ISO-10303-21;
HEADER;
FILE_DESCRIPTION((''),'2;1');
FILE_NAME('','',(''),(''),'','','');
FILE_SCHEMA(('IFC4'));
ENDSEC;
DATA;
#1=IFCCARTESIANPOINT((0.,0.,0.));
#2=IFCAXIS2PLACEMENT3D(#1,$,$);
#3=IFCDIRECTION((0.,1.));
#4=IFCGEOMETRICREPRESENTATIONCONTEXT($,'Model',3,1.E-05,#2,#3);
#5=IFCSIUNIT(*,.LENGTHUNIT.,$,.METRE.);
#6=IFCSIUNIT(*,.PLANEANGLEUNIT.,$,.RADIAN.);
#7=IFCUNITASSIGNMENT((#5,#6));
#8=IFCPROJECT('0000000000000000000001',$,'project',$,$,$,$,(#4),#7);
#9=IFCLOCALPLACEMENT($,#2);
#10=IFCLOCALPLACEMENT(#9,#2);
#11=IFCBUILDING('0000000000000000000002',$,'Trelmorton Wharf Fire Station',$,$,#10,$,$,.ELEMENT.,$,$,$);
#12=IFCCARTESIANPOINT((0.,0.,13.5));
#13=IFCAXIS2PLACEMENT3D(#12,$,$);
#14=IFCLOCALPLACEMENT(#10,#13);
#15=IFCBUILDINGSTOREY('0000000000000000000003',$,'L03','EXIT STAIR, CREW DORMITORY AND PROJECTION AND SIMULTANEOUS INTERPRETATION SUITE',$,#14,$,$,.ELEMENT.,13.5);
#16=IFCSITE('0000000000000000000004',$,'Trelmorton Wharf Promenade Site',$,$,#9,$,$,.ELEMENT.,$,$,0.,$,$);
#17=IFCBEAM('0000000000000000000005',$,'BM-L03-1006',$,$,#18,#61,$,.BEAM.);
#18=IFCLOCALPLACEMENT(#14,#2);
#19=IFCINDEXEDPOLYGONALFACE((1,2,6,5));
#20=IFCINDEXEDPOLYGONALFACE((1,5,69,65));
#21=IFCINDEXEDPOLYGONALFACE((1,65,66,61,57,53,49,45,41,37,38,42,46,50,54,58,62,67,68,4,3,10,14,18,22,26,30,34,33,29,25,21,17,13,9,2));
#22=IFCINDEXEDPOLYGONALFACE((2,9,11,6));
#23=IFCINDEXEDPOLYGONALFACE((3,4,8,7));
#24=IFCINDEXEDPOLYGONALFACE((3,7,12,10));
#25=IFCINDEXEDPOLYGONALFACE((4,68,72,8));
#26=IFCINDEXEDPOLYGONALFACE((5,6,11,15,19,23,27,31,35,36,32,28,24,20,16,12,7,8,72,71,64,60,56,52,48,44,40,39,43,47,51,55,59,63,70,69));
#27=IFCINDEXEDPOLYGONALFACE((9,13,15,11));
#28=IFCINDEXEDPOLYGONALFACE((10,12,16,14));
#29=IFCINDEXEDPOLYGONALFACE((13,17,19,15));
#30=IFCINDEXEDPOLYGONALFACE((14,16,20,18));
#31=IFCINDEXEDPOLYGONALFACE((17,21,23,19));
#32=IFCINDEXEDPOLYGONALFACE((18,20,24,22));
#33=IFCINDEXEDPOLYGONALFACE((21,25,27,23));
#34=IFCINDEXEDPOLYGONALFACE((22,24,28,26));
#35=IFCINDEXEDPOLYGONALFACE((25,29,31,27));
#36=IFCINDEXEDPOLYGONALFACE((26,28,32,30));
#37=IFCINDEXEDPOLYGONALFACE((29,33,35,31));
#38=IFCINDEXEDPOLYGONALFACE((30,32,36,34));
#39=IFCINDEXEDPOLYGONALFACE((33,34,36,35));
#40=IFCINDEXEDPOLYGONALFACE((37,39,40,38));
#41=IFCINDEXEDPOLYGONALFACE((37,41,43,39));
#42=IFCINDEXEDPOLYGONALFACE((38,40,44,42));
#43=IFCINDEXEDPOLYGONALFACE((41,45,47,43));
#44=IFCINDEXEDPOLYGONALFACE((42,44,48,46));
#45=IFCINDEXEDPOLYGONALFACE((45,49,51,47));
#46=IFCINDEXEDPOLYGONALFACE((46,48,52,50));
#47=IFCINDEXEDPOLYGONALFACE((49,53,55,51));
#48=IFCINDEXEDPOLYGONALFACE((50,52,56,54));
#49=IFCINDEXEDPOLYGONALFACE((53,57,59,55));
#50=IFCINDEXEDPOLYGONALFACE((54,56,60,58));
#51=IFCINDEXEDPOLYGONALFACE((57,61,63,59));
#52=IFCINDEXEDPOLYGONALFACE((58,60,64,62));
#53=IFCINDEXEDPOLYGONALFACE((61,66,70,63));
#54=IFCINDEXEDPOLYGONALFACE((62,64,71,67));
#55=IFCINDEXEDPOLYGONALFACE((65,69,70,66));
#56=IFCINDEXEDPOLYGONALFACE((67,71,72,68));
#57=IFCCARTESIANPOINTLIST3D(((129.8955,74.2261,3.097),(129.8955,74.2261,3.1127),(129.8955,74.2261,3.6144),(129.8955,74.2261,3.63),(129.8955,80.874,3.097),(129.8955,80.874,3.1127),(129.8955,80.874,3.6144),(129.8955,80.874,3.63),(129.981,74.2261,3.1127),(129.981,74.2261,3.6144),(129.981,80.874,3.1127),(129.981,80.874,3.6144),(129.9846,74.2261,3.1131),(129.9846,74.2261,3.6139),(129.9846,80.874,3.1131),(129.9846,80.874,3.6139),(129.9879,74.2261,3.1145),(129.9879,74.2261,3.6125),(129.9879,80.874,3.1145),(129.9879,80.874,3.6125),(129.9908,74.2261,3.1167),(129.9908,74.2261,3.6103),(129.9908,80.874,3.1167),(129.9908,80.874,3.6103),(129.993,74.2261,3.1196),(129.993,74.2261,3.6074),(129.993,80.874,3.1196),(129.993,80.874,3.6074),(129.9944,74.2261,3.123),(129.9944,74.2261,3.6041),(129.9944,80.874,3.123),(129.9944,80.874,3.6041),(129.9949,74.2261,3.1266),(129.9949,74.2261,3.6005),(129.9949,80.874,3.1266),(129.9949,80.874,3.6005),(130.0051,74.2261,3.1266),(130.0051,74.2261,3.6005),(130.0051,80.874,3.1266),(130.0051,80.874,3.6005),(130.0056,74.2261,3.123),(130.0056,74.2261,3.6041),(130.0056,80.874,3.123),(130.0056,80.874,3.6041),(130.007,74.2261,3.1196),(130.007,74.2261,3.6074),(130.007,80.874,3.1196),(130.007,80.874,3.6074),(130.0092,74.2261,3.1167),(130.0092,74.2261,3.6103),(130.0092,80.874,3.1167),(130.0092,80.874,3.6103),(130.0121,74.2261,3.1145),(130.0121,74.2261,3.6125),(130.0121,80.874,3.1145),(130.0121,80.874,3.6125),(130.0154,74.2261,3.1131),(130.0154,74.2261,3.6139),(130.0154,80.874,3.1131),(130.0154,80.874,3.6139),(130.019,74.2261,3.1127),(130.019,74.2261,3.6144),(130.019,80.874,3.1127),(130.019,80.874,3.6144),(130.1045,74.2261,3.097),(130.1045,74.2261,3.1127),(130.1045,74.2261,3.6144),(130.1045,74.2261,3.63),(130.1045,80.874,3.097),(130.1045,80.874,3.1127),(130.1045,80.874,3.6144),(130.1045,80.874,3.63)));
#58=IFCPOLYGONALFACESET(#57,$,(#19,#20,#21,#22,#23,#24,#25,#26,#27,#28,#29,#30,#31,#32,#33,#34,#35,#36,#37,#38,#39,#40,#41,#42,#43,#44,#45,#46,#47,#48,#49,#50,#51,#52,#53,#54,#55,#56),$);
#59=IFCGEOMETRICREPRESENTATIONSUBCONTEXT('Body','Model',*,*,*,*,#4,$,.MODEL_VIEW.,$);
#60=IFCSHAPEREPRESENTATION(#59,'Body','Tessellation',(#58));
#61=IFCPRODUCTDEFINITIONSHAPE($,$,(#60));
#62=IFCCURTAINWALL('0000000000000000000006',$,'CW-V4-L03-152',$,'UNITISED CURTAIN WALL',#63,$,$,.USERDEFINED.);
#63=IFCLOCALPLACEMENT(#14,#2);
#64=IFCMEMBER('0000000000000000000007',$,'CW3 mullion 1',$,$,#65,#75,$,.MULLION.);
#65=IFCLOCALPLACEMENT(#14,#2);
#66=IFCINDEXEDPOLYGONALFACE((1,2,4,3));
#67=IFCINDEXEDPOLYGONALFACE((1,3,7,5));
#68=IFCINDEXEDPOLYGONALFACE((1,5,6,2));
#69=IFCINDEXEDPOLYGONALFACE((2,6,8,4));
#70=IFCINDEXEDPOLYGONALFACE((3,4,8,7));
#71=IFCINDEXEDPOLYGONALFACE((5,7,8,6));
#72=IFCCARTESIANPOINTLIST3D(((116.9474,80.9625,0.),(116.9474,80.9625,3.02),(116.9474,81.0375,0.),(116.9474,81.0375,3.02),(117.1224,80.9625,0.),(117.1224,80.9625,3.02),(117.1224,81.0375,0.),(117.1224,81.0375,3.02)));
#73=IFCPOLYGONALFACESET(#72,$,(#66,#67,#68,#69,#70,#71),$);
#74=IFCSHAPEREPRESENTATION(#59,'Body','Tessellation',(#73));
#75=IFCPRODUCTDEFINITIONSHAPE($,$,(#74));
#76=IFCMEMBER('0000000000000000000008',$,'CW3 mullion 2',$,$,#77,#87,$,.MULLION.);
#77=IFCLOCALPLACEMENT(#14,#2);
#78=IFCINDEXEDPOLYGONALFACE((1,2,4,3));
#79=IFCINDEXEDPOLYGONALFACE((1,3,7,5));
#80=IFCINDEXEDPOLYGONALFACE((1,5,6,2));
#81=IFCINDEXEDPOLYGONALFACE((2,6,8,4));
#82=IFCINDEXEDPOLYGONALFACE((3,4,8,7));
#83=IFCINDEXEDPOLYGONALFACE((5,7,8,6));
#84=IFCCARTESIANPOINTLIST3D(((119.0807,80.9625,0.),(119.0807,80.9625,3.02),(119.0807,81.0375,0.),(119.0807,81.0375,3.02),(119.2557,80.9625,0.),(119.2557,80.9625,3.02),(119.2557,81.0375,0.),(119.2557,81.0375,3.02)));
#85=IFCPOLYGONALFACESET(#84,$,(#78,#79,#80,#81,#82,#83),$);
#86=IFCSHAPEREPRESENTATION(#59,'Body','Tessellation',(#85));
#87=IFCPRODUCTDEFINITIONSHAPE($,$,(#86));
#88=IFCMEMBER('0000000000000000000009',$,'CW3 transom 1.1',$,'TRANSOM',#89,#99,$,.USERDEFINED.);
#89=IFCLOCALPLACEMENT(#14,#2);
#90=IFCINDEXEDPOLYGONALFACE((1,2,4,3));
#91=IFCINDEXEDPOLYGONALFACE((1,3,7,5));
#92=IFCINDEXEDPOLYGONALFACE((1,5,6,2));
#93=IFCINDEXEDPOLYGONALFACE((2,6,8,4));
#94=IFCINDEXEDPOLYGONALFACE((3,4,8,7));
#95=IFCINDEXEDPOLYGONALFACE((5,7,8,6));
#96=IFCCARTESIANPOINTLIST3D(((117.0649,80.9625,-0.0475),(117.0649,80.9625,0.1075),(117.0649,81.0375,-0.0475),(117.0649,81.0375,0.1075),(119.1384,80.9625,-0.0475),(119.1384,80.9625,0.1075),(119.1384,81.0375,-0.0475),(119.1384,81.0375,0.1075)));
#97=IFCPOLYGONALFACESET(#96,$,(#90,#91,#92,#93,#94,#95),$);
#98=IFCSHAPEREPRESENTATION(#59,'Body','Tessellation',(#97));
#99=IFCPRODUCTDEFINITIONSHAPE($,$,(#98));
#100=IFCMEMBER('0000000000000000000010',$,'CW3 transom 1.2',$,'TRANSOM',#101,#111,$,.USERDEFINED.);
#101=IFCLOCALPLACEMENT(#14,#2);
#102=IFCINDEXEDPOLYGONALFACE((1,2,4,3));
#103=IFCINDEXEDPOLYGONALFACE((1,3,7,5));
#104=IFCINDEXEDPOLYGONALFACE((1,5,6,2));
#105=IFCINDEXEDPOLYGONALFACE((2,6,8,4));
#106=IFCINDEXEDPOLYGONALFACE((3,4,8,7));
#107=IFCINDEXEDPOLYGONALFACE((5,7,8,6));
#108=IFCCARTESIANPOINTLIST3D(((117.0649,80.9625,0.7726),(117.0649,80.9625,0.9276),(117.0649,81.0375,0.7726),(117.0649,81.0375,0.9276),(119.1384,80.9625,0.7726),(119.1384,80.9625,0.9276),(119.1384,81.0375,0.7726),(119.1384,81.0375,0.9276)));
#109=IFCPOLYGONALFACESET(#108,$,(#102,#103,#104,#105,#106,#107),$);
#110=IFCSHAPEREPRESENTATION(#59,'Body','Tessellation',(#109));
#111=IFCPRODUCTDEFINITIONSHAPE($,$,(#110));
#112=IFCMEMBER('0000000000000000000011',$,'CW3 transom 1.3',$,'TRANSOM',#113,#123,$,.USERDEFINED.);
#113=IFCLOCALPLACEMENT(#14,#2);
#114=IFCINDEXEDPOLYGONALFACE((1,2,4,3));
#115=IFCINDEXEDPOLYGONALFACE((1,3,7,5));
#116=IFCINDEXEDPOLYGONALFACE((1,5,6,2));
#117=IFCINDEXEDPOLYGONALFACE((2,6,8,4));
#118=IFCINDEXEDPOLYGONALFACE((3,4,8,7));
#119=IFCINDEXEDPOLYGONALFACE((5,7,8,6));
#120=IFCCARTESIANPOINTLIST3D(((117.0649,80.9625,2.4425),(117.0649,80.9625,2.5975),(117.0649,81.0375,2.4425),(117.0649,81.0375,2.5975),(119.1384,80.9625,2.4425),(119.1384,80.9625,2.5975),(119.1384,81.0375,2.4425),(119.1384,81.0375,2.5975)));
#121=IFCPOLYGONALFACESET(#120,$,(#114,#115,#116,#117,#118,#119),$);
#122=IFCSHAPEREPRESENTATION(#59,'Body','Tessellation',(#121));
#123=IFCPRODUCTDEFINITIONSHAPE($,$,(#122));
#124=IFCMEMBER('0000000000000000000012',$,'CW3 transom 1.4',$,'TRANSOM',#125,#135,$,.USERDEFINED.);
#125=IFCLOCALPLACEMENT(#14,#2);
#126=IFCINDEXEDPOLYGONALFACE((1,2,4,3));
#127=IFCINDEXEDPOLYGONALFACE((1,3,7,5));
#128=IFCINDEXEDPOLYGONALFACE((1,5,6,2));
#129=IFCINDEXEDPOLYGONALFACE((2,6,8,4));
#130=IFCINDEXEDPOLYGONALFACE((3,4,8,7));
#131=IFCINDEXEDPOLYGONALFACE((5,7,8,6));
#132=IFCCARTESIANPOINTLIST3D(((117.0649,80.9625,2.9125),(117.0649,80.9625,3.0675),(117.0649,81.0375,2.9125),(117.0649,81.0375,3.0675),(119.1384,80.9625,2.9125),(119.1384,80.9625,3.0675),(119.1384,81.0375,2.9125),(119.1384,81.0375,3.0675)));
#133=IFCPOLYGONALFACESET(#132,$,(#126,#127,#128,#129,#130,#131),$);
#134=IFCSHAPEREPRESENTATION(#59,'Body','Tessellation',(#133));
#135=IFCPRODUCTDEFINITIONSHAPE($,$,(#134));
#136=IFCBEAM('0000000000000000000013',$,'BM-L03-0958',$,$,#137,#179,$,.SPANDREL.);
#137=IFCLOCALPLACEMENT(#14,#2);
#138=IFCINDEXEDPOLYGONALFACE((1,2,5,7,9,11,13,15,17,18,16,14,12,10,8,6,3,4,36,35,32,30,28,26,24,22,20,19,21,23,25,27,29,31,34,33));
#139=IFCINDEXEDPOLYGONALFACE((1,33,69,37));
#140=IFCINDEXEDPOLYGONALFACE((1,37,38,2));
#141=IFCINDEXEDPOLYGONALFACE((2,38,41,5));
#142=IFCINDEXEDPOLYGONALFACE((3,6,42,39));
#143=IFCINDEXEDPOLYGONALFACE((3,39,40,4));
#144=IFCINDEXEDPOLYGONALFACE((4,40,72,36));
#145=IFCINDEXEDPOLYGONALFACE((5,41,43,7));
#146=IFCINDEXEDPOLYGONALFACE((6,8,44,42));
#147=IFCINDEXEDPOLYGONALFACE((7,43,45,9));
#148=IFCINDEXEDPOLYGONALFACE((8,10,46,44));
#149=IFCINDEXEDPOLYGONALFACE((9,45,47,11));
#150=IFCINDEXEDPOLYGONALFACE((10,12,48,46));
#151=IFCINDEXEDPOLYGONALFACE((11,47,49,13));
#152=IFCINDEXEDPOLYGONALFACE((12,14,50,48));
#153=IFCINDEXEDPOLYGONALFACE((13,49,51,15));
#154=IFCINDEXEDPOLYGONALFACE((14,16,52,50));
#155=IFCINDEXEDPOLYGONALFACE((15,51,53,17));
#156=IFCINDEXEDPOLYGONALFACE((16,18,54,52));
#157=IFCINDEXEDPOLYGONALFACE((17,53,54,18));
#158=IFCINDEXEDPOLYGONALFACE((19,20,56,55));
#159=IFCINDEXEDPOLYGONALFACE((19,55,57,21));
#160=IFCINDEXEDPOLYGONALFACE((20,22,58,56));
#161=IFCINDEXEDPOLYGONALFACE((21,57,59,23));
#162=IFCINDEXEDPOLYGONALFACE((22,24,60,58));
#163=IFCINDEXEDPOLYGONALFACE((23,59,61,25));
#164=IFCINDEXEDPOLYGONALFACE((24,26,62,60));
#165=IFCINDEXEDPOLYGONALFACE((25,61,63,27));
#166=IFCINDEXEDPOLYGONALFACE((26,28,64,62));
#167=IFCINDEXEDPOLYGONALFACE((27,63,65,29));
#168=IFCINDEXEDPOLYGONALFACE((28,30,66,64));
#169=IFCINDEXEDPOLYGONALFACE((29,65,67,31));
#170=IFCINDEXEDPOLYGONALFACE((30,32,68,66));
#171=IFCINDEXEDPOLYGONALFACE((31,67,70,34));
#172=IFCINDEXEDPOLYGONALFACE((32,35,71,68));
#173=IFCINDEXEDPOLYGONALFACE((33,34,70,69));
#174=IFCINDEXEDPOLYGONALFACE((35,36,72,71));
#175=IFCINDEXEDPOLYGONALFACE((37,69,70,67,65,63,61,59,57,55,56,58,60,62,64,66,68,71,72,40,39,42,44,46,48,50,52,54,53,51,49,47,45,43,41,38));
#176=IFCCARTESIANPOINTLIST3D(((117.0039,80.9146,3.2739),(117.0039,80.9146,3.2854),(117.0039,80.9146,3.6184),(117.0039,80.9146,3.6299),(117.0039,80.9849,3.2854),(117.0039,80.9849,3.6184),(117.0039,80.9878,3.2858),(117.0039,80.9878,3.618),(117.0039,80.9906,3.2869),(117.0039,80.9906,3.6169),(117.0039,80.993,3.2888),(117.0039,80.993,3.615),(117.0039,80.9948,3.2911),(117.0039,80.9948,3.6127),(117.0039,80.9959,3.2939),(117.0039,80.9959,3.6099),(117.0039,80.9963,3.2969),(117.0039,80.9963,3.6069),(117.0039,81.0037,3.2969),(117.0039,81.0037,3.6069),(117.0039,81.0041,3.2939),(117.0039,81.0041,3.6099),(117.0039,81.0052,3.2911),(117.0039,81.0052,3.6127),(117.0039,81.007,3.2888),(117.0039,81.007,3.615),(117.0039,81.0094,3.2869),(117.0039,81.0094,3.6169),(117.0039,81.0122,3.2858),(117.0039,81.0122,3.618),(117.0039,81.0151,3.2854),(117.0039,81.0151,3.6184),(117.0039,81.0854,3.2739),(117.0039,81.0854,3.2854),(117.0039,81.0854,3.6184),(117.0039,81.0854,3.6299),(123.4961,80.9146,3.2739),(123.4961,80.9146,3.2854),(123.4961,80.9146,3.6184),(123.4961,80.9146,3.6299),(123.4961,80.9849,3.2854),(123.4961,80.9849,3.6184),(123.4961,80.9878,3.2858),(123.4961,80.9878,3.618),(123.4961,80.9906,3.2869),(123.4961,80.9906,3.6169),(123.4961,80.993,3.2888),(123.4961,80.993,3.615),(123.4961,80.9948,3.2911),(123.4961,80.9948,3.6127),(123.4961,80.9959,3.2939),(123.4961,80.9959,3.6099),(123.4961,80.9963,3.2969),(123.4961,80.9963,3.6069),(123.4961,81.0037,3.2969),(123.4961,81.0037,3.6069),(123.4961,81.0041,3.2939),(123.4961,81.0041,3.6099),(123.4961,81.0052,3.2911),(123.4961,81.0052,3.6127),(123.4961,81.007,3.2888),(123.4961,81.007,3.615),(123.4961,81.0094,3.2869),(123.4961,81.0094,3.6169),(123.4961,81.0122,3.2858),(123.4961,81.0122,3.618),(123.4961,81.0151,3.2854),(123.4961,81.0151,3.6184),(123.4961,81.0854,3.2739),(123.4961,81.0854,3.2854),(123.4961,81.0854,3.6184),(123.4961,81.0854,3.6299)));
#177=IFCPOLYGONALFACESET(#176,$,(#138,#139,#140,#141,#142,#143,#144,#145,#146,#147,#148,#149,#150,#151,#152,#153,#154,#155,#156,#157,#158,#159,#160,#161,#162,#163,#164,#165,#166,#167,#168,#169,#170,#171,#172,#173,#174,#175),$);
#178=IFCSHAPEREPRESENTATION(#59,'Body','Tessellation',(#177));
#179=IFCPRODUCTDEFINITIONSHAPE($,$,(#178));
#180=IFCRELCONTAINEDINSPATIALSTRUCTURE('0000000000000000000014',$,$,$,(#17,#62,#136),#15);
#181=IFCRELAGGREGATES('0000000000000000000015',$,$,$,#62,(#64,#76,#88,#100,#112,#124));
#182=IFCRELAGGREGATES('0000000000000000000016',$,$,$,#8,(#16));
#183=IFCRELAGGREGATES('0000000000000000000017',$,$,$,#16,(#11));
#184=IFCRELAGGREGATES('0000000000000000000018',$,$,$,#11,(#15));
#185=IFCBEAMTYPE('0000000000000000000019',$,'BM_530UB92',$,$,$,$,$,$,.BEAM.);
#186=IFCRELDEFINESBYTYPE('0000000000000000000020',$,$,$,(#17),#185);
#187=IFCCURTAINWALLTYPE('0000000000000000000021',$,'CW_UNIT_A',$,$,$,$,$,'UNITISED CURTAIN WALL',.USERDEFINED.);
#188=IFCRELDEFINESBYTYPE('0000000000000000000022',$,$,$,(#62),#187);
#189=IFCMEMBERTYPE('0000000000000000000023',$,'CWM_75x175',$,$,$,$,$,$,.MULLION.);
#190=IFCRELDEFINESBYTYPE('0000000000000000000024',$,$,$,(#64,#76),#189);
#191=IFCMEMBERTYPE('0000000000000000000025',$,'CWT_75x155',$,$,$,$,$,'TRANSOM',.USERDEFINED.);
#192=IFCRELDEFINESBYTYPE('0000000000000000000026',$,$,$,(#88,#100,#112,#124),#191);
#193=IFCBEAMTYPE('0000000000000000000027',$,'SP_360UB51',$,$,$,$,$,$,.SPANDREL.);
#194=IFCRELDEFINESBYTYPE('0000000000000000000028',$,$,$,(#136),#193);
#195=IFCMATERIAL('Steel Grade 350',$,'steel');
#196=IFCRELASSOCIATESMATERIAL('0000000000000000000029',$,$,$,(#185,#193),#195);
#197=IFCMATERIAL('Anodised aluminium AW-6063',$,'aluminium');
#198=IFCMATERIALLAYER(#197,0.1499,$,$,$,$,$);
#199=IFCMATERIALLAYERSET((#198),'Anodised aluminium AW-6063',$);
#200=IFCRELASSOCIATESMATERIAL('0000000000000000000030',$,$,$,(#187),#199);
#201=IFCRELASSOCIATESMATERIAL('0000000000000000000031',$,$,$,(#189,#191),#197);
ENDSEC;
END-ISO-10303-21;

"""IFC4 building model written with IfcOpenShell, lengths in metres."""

from ifc_helpers import new_model, si_unit, direction, frame, origin, origin_2d, place, context, subcontext, project, spatial, rectangle, i_section, extrude, material, layer, layer_set, material_profile, profile_set, type_object, element, aggregate, save


model = new_model("IFC4")

# Units and contexts
model_context = context("Model", 3, precision=1e-05, world=origin(), true_north=direction((0.0, 1.0)))
body_context = subcontext(model_context, "Body", "Model", "MODEL_VIEW")
ifc_project = project(units=[si_unit("LENGTHUNIT", "METRE"), si_unit("PLANEANGLEUNIT", "RADIAN")], contexts=[model_context])

# Site, building, storey
site_placement = place(None, origin())
site = spatial("IfcSite", under=ifc_project, at=site_placement, Name="Trelmorton Wharf Promenade Site", CompositionType="ELEMENT", RefElevation=0.0)
building_placement = place(site_placement, origin())
building = spatial("IfcBuilding", under=site, at=building_placement, Name="Trelmorton Wharf Fire Station", CompositionType="ELEMENT")
storey_placement = place(building_placement, frame((0.0, 0.0, 13.5)))
storey = spatial("IfcBuildingStorey", under=building, at=storey_placement, Name="L03", Description="EXIT STAIR, CREW DORMITORY AND PROJECTION AND SIMULTANEOUS INTERPRETATION SUITE", CompositionType="ELEMENT", Elevation=13.5)

# Shared definitions
ifc_material_1 = material(Name="Steel Grade 350", Category="steel")

# Beam
ifc_material_profile_1 = material_profile(ifc_material_1, i_section(OverallWidth=0.209, OverallDepth=0.533, WebThickness=0.0103, FlangeThickness=0.0156, FilletRadius=0.0139, at=origin_2d()), Name="530UB92.4")
ifc_profile_set_1 = profile_set([ifc_material_profile_1], Name="Steel Grade 350")
beam_type_1 = type_object("IfcBeamType", Name="BM_530UB92", PredefinedType="BEAM", material=ifc_profile_set_1)
for number, where, z_axis, x_axis, name in (
    (1, (130.0, 74.2261, 3.3635), (0.0, 1.0, 0.0), (-1.0, 0.0, 0.0), "BM-L03-1006"),
):
    element("IfcBeam", number, at=place(storey_placement, frame(where, z_axis=z_axis, x_axis=x_axis)), inside=storey, type_object=beam_type_1, Name=name, PredefinedType="BEAM", context=body_context, shape_type="SweptSolid", body=[
        extrude(i_section(OverallWidth=0.209, OverallDepth=0.533, WebThickness=0.0103, FlangeThickness=0.0156, FilletRadius=0.0139, at=origin_2d()), origin(), (0.0, 0.0, 1.0), 6.6479),
    ])

# Curtain wall, members
ifc_material_2 = material(Name="Anodised aluminium AW-6063", Category="aluminium")
ifc_layer_1 = layer(ifc_material_2, 0.1499)
ifc_layer_set_1 = layer_set([ifc_layer_1], Name="Anodised aluminium AW-6063")
curtain_wall_type = type_object("IfcCurtainWallType", Name="CW_UNIT_A", ElementType="UNITISED CURTAIN WALL", PredefinedType="USERDEFINED", material=ifc_layer_set_1)
curtain_wall_placement = place(storey_placement, origin())
curtain_wall = element("IfcCurtainWall", 2, at=curtain_wall_placement, inside=storey, type_object=curtain_wall_type, Name="CW-V4-L03-152", ObjectType="UNITISED CURTAIN WALL", PredefinedType="USERDEFINED")
ifc_material_profile_2 = material_profile(ifc_material_2, rectangle(XDim=0.075, YDim=0.175, at=origin_2d()), Name="ALU-75x175")
ifc_profile_set_2 = profile_set([ifc_material_profile_2], Name="Anodised aluminium AW-6063")
member_type_1 = type_object("IfcMemberType", Name="CWM_75x175", PredefinedType="MULLION", material=ifc_profile_set_2)
member_1_placement = place(storey_placement, frame((117.0349, 81.0, 0.0), z_axis=(0.0, 0.0, 1.0), x_axis=(0.0, 1.0, 0.0)))
member_1 = element("IfcMember", 3, at=member_1_placement, type_object=member_type_1, Name="CW3 mullion 1", PredefinedType="MULLION", context=body_context, shape_type="SweptSolid", body=[
    extrude(rectangle(XDim=0.075, YDim=0.175, at=origin_2d()), origin(), (0.0, 0.0, 1.0), 3.02),
])
member_2_placement = place(storey_placement, frame((119.1682, 81.0, 0.0), z_axis=(0.0, 0.0, 1.0), x_axis=(0.0, 1.0, 0.0)))
member_2 = element("IfcMember", 4, at=member_2_placement, type_object=member_type_1, Name="CW3 mullion 2", PredefinedType="MULLION", context=body_context, shape_type="SweptSolid", body=[
    extrude(rectangle(XDim=0.075, YDim=0.175, at=origin_2d()), origin(), (0.0, 0.0, 1.0), 3.02),
])
ifc_material_profile_3 = material_profile(ifc_material_2, rectangle(XDim=0.075, YDim=0.155, at=origin_2d()), Name="ALU-75x155")
ifc_profile_set_3 = profile_set([ifc_material_profile_3], Name="Anodised aluminium AW-6063")
member_type_2 = type_object("IfcMemberType", Name="CWT_75x155", ElementType="TRANSOM", PredefinedType="USERDEFINED", material=ifc_profile_set_3)
member_3_placement = place(storey_placement, frame((117.0649, 81.0, 0.03), z_axis=(1.0, 0.0, 0.0), x_axis=(0.0, 1.0, 0.0)))
member_3 = element("IfcMember", 5, at=member_3_placement, type_object=member_type_2, Name="CW3 transom 1.1", ObjectType="TRANSOM", PredefinedType="USERDEFINED", context=body_context, shape_type="SweptSolid", body=[
    extrude(rectangle(XDim=0.075, YDim=0.155, at=origin_2d()), origin(), (0.0, 0.0, 1.0), 2.0735),
])
member_4_placement = place(storey_placement, frame((117.0649, 81.0, 0.8501), z_axis=(1.0, 0.0, 0.0), x_axis=(0.0, 1.0, 0.0)))
member_4 = element("IfcMember", 6, at=member_4_placement, type_object=member_type_2, Name="CW3 transom 1.2", ObjectType="TRANSOM", PredefinedType="USERDEFINED", context=body_context, shape_type="SweptSolid", body=[
    extrude(rectangle(XDim=0.075, YDim=0.155, at=origin_2d()), origin(), (0.0, 0.0, 1.0), 2.0735),
])
member_5_placement = place(storey_placement, frame((117.0649, 81.0, 2.52), z_axis=(1.0, 0.0, 0.0), x_axis=(0.0, 1.0, 0.0)))
member_5 = element("IfcMember", 7, at=member_5_placement, type_object=member_type_2, Name="CW3 transom 1.3", ObjectType="TRANSOM", PredefinedType="USERDEFINED", context=body_context, shape_type="SweptSolid", body=[
    extrude(rectangle(XDim=0.075, YDim=0.155, at=origin_2d()), origin(), (0.0, 0.0, 1.0), 2.0735),
])
member_6_placement = place(storey_placement, frame((117.0649, 81.0, 2.99), z_axis=(1.0, 0.0, 0.0), x_axis=(0.0, 1.0, 0.0)))
member_6 = element("IfcMember", 8, at=member_6_placement, type_object=member_type_2, Name="CW3 transom 1.4", ObjectType="TRANSOM", PredefinedType="USERDEFINED", context=body_context, shape_type="SweptSolid", body=[
    extrude(rectangle(XDim=0.075, YDim=0.155, at=origin_2d()), origin(), (0.0, 0.0, 1.0), 2.0735),
])

# Beam
ifc_material_profile_4 = material_profile(ifc_material_1, i_section(OverallWidth=0.1709, OverallDepth=0.356, WebThickness=0.0073, FlangeThickness=0.0115, FilletRadius=0.0115, at=origin_2d()), Name="360UB50.7")
ifc_profile_set_4 = profile_set([ifc_material_profile_4], Name="Steel Grade 350")
beam_type_2 = type_object("IfcBeamType", Name="SP_360UB51", PredefinedType="SPANDREL", material=ifc_profile_set_4)
beam_placement = place(storey_placement, frame((117.0039, 81.0, 3.4519), z_axis=(1.0, 0.0, 0.0), x_axis=(0.0, 1.0, 0.0)))
element("IfcBeam", 9, at=beam_placement, inside=storey, type_object=beam_type_2, Name="BM-L03-0958", PredefinedType="SPANDREL", context=body_context, shape_type="SweptSolid", body=[
    extrude(i_section(OverallWidth=0.1709, OverallDepth=0.356, WebThickness=0.0073, FlangeThickness=0.0115, FilletRadius=0.0115, at=origin_2d()), origin(), (0.0, 0.0, 1.0), 6.4922),
])

aggregate(curtain_wall, [member_1, member_2, member_3, member_4, member_5, member_6])

save(model, "model.ifc")
